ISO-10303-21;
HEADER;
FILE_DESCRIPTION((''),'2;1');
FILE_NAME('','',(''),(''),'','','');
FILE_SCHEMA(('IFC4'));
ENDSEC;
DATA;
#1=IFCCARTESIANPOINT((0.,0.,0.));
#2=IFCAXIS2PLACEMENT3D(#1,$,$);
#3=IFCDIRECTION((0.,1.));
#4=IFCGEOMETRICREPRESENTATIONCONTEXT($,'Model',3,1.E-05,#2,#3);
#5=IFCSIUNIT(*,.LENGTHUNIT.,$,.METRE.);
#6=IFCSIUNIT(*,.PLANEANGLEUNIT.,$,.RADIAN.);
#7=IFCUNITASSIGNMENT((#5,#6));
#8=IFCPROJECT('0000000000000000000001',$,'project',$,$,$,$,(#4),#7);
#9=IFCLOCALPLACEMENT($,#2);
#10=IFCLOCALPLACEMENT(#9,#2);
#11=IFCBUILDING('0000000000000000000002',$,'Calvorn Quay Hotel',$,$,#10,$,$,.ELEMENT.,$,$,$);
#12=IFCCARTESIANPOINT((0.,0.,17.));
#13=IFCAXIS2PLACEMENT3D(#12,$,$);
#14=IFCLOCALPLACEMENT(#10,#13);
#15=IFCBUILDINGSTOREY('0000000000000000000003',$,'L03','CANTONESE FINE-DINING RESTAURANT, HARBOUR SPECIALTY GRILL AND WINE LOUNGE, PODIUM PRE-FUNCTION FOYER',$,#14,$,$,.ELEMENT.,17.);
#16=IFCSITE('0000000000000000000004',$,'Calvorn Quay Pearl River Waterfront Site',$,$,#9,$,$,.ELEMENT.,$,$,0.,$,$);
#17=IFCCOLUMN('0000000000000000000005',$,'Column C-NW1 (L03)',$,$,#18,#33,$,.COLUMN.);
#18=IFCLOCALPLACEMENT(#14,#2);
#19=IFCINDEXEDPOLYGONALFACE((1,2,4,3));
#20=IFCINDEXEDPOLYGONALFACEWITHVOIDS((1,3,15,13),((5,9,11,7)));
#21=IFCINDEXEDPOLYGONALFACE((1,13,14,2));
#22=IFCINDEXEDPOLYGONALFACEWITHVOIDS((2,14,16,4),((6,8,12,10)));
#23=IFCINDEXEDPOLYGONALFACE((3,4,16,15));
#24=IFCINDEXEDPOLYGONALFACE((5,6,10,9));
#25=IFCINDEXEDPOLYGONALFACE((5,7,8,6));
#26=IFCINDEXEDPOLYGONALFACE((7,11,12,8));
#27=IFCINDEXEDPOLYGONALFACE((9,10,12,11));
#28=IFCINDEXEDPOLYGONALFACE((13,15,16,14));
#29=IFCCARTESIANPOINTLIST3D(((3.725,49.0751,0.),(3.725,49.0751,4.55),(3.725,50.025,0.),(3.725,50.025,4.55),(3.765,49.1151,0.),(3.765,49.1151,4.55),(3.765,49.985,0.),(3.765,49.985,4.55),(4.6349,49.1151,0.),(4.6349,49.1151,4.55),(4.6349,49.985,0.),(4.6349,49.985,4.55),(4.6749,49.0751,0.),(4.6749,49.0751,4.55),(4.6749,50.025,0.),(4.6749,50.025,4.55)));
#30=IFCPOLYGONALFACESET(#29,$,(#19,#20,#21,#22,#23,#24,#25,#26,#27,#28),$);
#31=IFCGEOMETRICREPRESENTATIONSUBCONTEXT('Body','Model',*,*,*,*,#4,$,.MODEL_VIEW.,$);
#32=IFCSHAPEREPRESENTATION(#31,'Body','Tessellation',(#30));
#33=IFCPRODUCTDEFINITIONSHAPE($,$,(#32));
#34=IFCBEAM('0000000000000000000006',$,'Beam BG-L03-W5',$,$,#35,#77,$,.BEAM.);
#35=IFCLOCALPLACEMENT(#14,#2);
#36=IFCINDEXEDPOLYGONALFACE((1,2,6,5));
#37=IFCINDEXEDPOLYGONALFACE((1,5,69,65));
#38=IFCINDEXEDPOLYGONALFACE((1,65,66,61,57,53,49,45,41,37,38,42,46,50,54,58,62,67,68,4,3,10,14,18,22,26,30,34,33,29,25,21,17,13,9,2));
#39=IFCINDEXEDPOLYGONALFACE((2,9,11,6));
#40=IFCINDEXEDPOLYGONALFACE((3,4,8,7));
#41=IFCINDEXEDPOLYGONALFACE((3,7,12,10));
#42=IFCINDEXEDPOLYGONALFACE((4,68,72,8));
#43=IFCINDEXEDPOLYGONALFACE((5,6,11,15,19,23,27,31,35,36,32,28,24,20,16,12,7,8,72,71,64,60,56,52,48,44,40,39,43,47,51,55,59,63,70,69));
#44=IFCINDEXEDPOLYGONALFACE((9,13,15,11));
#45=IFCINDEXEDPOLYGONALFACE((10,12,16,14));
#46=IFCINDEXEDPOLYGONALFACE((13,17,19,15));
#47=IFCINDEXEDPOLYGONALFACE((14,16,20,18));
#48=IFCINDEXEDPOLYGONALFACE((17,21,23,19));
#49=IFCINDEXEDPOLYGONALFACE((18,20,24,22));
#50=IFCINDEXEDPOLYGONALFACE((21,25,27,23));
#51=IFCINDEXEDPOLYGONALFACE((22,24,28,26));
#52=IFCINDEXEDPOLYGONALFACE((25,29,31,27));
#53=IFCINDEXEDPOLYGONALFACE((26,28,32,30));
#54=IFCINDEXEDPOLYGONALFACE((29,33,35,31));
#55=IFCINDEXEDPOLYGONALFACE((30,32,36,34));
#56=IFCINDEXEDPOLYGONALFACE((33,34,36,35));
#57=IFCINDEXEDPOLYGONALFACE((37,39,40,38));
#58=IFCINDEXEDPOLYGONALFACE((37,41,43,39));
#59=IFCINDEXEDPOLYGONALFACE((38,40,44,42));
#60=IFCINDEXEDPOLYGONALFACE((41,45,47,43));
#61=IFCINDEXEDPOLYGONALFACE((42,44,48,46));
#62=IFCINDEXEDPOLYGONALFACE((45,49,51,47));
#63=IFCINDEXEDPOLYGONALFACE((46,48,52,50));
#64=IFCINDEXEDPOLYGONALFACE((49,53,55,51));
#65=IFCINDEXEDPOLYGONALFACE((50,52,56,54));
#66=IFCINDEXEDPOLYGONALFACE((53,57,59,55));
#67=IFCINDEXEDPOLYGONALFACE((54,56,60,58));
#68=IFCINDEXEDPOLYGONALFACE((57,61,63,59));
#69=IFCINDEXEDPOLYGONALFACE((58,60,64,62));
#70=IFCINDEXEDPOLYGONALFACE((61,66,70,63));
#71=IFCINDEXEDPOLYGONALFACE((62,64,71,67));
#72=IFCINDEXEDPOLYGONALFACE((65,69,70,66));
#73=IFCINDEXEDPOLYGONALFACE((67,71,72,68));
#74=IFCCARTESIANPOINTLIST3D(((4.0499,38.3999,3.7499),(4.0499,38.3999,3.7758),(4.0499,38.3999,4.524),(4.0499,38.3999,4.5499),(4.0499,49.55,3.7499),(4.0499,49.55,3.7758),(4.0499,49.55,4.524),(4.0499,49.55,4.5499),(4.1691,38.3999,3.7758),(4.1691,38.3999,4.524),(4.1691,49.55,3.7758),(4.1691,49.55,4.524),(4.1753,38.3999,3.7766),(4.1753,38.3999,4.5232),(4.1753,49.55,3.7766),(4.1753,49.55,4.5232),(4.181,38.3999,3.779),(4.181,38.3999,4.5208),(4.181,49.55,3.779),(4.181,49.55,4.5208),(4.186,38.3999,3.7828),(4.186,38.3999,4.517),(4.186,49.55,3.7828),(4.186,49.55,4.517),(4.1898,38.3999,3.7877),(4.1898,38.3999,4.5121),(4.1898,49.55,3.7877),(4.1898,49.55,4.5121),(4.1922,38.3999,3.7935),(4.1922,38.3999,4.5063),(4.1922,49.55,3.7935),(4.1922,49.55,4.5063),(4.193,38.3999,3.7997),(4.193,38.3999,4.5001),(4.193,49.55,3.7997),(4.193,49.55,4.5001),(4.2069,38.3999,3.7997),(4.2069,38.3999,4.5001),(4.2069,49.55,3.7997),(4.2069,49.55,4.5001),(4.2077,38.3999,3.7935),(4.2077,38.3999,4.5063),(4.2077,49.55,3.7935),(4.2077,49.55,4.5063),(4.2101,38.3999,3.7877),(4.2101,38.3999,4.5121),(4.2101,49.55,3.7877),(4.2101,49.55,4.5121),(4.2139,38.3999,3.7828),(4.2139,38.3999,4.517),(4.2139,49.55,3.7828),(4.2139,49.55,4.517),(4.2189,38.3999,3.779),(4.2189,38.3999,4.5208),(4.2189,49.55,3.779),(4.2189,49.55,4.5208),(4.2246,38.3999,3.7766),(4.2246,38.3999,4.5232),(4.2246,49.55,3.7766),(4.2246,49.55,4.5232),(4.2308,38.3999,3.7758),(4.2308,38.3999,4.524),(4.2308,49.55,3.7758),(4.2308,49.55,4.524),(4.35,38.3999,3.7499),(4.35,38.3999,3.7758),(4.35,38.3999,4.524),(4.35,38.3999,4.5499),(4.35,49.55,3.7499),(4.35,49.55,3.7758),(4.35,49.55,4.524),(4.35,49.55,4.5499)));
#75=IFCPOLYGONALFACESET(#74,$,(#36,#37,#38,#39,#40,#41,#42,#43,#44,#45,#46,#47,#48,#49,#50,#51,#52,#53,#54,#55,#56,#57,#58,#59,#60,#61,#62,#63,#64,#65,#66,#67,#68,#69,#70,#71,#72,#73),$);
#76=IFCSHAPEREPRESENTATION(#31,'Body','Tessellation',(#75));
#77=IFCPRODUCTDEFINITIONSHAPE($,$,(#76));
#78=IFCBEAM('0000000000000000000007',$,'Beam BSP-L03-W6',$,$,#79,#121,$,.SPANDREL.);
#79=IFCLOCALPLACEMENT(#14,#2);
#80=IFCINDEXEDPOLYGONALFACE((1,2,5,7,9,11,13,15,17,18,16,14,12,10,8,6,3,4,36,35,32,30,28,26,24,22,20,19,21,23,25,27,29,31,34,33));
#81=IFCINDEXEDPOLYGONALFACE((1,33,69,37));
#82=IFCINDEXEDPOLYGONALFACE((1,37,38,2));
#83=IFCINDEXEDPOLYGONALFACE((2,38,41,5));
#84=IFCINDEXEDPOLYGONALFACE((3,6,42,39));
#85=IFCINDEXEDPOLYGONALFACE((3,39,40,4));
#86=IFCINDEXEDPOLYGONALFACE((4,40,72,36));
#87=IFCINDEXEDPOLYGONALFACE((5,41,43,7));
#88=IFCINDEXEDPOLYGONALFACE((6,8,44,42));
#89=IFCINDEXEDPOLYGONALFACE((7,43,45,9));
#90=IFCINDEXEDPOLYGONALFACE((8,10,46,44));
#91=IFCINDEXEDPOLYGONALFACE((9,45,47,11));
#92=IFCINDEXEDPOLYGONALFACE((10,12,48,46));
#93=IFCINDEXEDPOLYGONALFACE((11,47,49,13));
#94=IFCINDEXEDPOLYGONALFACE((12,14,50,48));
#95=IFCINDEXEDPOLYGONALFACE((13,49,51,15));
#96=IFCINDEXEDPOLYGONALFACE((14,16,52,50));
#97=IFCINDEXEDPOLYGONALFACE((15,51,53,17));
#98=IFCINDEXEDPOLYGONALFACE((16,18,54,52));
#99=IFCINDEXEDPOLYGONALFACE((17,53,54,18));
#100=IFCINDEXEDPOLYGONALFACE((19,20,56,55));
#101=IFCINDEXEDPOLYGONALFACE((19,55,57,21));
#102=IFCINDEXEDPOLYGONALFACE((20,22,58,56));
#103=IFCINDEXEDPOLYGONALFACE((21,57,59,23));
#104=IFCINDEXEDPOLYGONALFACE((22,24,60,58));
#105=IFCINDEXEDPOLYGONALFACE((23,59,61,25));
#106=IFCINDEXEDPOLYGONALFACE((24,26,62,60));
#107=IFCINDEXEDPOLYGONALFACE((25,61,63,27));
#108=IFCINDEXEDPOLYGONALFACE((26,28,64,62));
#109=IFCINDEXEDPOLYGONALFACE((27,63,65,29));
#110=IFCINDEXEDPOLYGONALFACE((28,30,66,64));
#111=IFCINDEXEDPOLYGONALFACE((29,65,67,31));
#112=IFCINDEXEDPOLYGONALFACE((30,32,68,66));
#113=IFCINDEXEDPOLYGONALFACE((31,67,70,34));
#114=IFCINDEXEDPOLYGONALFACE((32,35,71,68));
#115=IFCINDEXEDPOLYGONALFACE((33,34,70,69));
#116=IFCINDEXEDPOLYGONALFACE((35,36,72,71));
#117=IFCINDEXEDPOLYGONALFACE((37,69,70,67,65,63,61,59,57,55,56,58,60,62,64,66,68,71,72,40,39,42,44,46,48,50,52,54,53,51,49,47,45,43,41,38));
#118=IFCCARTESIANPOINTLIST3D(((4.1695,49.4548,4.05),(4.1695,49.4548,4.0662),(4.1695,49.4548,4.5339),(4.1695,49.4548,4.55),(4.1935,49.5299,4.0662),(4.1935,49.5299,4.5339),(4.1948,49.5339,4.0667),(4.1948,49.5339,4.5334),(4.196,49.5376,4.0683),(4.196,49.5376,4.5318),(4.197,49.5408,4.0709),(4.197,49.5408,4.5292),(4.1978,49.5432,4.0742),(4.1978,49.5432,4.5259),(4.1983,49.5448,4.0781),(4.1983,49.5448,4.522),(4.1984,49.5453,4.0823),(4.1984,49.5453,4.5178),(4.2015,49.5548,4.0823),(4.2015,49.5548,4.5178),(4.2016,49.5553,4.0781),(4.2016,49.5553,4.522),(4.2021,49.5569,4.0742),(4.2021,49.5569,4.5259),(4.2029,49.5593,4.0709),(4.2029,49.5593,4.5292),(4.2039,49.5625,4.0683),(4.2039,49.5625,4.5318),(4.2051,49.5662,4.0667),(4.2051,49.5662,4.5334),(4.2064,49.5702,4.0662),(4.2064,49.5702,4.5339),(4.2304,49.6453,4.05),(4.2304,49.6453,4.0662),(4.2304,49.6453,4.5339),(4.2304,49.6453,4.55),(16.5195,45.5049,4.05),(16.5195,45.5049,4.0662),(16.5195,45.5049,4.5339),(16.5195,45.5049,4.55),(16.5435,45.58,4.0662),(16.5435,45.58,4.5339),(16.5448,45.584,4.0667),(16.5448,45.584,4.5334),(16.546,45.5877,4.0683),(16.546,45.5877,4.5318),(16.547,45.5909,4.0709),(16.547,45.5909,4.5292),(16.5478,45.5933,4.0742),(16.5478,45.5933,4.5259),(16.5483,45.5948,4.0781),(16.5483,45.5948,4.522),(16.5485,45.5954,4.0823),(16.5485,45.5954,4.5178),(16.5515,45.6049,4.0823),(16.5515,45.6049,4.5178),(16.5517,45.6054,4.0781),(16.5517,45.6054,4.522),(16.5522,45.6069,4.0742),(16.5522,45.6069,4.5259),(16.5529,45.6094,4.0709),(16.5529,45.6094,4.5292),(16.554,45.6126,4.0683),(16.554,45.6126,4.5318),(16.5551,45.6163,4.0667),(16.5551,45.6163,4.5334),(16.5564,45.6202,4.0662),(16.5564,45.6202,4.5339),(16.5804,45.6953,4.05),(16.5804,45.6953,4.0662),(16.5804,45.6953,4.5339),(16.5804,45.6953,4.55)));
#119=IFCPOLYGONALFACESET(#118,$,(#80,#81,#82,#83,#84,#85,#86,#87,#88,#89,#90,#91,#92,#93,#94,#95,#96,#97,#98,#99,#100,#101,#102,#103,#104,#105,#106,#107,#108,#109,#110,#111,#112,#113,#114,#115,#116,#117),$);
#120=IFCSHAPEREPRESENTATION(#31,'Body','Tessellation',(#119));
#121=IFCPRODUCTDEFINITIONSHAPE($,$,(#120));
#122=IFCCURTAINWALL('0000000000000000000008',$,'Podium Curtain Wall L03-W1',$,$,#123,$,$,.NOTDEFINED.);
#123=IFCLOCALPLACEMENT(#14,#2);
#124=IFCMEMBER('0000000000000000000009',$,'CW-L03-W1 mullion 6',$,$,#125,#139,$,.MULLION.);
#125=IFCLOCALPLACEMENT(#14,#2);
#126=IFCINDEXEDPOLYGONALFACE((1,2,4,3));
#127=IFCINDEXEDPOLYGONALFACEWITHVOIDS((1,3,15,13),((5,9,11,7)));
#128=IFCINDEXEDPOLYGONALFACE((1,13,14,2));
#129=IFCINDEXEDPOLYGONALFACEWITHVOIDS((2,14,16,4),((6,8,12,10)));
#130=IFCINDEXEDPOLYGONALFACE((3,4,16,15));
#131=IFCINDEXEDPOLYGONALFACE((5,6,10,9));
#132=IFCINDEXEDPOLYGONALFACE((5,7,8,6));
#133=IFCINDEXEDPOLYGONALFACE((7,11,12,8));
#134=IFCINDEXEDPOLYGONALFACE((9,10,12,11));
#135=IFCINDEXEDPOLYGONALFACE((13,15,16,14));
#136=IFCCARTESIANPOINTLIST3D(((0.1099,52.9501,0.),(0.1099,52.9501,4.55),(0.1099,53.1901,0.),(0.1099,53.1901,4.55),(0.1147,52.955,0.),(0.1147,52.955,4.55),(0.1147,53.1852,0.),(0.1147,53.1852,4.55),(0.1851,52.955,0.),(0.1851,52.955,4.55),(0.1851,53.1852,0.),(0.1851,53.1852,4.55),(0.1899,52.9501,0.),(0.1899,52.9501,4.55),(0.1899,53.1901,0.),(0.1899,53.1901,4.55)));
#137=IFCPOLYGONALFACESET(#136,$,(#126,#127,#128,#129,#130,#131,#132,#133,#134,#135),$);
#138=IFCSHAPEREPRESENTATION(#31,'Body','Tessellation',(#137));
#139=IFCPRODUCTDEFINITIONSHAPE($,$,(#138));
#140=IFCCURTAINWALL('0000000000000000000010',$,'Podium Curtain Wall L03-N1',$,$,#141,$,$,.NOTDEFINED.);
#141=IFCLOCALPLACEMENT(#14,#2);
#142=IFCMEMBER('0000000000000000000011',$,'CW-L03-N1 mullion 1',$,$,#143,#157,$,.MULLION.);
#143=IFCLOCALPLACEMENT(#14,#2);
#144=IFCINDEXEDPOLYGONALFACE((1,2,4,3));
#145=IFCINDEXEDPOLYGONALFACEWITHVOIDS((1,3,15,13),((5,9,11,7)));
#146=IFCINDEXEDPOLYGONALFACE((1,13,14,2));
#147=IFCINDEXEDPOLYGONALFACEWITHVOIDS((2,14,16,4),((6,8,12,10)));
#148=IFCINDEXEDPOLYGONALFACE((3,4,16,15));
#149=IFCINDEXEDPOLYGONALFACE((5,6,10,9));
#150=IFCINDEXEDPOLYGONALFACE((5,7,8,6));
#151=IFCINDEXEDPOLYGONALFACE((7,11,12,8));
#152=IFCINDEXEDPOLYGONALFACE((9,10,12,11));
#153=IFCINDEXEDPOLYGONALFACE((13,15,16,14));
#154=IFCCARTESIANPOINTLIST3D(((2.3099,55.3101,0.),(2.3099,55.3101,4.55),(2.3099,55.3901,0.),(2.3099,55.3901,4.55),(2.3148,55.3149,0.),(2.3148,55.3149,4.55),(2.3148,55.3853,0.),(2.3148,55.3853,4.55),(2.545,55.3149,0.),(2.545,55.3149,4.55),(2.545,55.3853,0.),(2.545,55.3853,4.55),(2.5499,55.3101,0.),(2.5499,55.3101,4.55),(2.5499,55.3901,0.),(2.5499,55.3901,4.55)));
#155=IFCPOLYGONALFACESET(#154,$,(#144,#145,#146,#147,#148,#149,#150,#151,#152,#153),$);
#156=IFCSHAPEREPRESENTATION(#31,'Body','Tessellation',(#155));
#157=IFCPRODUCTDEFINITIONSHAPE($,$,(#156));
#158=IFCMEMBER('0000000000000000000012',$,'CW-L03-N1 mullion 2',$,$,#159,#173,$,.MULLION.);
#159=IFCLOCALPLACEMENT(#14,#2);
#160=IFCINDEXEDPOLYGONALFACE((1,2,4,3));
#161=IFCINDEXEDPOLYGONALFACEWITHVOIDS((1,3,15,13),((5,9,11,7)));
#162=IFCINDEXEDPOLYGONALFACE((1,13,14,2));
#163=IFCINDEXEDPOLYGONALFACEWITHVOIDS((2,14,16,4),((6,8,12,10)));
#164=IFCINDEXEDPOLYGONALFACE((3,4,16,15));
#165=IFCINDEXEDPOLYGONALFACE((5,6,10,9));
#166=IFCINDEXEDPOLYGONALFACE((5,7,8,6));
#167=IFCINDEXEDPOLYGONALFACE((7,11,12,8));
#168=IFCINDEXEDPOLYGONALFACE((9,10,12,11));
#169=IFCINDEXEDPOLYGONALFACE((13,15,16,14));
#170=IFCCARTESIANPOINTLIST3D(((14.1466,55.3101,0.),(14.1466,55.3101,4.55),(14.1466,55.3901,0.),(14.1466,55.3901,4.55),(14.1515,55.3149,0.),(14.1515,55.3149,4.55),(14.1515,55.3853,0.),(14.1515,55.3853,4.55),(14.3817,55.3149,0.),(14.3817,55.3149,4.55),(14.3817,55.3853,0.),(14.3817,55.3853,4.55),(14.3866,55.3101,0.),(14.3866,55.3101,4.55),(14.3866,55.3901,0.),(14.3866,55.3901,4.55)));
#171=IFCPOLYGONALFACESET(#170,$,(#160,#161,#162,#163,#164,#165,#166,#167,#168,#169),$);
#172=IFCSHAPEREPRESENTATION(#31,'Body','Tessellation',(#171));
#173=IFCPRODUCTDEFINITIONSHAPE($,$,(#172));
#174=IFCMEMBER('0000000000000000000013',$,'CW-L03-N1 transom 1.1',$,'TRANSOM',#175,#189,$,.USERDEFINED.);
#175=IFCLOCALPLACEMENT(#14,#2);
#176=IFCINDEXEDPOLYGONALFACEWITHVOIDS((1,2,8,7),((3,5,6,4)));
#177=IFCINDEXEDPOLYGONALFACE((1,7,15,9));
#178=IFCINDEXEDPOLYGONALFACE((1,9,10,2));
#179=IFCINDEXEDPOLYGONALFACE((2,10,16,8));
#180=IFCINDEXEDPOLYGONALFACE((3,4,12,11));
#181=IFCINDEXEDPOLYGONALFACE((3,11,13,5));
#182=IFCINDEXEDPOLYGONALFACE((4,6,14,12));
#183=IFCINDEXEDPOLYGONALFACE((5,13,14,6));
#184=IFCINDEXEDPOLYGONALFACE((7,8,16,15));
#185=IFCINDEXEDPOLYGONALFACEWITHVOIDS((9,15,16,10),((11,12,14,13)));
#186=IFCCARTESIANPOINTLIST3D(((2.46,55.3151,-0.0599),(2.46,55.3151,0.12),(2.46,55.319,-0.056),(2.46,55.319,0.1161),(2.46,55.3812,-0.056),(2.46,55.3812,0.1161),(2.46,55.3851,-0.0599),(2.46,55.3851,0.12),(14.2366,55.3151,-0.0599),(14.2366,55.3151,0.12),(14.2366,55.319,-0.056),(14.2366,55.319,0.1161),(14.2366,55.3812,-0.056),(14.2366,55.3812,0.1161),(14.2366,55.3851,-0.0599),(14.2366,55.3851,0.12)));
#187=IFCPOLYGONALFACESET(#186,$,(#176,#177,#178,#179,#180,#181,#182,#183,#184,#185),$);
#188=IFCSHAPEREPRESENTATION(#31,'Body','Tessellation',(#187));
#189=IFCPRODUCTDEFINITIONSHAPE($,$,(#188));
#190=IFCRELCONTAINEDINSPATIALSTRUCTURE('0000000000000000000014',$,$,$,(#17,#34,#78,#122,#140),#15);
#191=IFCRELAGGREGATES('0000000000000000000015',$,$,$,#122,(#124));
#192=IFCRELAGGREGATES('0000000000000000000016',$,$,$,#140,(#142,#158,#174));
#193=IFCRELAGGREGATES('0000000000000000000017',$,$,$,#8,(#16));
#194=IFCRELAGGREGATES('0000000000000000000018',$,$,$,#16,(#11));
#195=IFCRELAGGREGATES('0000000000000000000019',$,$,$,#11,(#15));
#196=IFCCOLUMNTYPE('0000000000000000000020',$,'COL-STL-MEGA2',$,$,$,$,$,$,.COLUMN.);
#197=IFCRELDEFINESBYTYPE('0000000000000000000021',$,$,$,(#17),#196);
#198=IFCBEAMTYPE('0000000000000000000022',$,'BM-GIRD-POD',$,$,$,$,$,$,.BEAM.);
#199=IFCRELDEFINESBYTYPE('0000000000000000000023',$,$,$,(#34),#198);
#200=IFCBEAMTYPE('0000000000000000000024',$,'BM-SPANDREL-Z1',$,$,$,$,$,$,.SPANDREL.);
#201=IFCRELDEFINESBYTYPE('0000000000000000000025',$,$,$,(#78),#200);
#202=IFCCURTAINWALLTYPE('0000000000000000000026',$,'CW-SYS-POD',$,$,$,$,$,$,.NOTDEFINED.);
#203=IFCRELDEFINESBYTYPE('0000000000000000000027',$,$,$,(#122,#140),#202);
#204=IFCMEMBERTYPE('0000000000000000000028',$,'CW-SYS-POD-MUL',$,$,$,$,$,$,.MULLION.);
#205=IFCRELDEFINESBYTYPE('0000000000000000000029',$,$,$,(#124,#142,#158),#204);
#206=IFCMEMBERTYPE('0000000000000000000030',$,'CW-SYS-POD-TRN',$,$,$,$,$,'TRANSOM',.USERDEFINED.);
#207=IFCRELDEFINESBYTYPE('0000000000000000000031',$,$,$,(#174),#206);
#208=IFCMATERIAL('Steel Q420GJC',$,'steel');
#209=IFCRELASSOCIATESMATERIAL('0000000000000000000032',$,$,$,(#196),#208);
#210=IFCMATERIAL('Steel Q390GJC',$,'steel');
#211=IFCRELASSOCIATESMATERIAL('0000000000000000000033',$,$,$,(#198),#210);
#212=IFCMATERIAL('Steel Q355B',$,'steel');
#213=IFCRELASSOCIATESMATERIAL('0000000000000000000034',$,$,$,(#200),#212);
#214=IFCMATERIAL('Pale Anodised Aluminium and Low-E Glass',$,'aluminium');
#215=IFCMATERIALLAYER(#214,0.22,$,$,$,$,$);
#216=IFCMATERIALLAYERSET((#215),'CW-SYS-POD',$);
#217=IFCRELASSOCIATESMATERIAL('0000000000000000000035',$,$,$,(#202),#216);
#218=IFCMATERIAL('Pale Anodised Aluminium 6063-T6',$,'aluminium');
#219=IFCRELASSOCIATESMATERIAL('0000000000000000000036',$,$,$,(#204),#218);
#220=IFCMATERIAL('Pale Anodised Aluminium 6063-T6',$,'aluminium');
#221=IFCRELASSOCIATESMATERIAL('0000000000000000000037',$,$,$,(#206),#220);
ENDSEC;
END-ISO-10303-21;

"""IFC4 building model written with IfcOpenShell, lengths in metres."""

from ifc_helpers import new_model, si_unit, direction, frame, origin, origin_2d, place, context, subcontext, project, spatial, hollow_rectangle, i_section, extrude, material, layer, layer_set, material_profile, profile_set, type_object, element, aggregate, save


model = new_model("IFC4")

# Units and contexts
model_context = context("Model", 3, precision=1e-05, world=origin(), true_north=direction((0.0, 1.0)))
body_context = subcontext(model_context, "Body", "Model", "MODEL_VIEW")
ifc_project = project(units=[si_unit("LENGTHUNIT", "METRE"), si_unit("PLANEANGLEUNIT", "RADIAN")], contexts=[model_context])

# Site, building, storey
site_placement = place(None, origin())
site = spatial("IfcSite", under=ifc_project, at=site_placement, Name="Calvorn Quay Pearl River Waterfront Site", CompositionType="ELEMENT", RefElevation=0.0)
building_placement = place(site_placement, origin())
building = spatial("IfcBuilding", under=site, at=building_placement, Name="Calvorn Quay Hotel", CompositionType="ELEMENT")
storey_placement = place(building_placement, frame((0.0, 0.0, 17.0)))
storey = spatial("IfcBuildingStorey", under=building, at=storey_placement, Name="L03", Description="CANTONESE FINE-DINING RESTAURANT, HARBOUR SPECIALTY GRILL AND WINE LOUNGE, PODIUM PRE-FUNCTION FOYER", CompositionType="ELEMENT", Elevation=17.0)

# Column
ifc_material_1 = material(Name="Steel Q420GJC", Category="steel")
ifc_material_profile_1 = material_profile(ifc_material_1, hollow_rectangle(XDim=0.95, YDim=0.95, WallThickness=0.04, at=origin_2d()), Name="BOX950x950x40")
ifc_profile_set_1 = profile_set([ifc_material_profile_1], Name="Steel Q420GJC")
column_type = type_object("IfcColumnType", Name="COL-STL-MEGA2", PredefinedType="COLUMN", material=ifc_profile_set_1)
column_placement = place(storey_placement, frame((4.2, 49.55, 0.0), z_axis=(0.0, 0.0, 1.0), x_axis=(1.0, 0.0, 0.0)))
element("IfcColumn", 1, at=column_placement, inside=storey, type_object=column_type, Name="Column C-NW1 (L03)", PredefinedType="COLUMN", context=body_context, shape_type="SweptSolid", body=[
    extrude(hollow_rectangle(XDim=0.95, YDim=0.95, WallThickness=0.04, at=origin_2d()), origin(), (0.0, 0.0, 1.0), 4.55),
])

# Beams
ifc_material_2 = material(Name="Steel Q390GJC", Category="steel")
ifc_material_profile_2 = material_profile(ifc_material_2, i_section(OverallWidth=0.3, OverallDepth=0.8, WebThickness=0.0139, FlangeThickness=0.0259, FilletRadius=0.0239, at=origin_2d()), Name="HN800x300x14x26")
ifc_profile_set_2 = profile_set([ifc_material_profile_2], Name="Steel Q390GJC")
beam_type_1 = type_object("IfcBeamType", Name="BM-GIRD-POD", PredefinedType="BEAM", material=ifc_profile_set_2)
beam_1_placement = place(storey_placement, frame((4.2, 49.55, 4.1499), z_axis=(0.0, -1.0, 0.0), x_axis=(1.0, 0.0, 0.0)))
element("IfcBeam", 2, at=beam_1_placement, inside=storey, type_object=beam_type_1, Name="Beam BG-L03-W5", PredefinedType="BEAM", context=body_context, shape_type="SweptSolid", body=[
    extrude(i_section(OverallWidth=0.3, OverallDepth=0.8, WebThickness=0.0139, FlangeThickness=0.0259, FilletRadius=0.0239, at=origin_2d()), origin(), (0.0, 0.0, 1.0), 11.1501),
])
ifc_material_3 = material(Name="Steel Q355B", Category="steel")
ifc_material_profile_3 = material_profile(ifc_material_3, i_section(OverallWidth=0.2, OverallDepth=0.5, WebThickness=0.01, FlangeThickness=0.0161, FilletRadius=0.0161, at=origin_2d()), Name="HN500x200x10x16")
ifc_profile_set_3 = profile_set([ifc_material_profile_3], Name="Steel Q355B")
beam_type_2 = type_object("IfcBeamType", Name="BM-SPANDREL-Z1", PredefinedType="SPANDREL", material=ifc_profile_set_3)
beam_2_placement = place(storey_placement, frame((4.2, 49.55, 4.3), z_axis=(0.952471, -0.30463, 0.0), x_axis=(0.30463, 0.952471, 0.0)))
element("IfcBeam", 3, at=beam_2_placement, inside=storey, type_object=beam_type_2, Name="Beam BSP-L03-W6", PredefinedType="SPANDREL", context=body_context, shape_type="SweptSolid", body=[
    extrude(i_section(OverallWidth=0.2, OverallDepth=0.5, WebThickness=0.01, FlangeThickness=0.0161, FilletRadius=0.0161, at=origin_2d()), origin(), (0.0, 0.0, 1.0), 12.9663),
])

# Curtain wall, member
ifc_material_4 = material(Name="Pale Anodised Aluminium and Low-E Glass", Category="aluminium")
ifc_layer_1 = layer(ifc_material_4, 0.22)
ifc_layer_set_1 = layer_set([ifc_layer_1], Name="CW-SYS-POD")
curtain_wall_type = type_object("IfcCurtainWallType", Name="CW-SYS-POD", PredefinedType="NOTDEFINED", material=ifc_layer_set_1)
curtain_wall_1_placement = place(storey_placement, origin())
curtain_wall_1 = element("IfcCurtainWall", 4, at=curtain_wall_1_placement, inside=storey, type_object=curtain_wall_type, Name="Podium Curtain Wall L03-W1", PredefinedType="NOTDEFINED")
ifc_material_5 = material(Name="Pale Anodised Aluminium 6063-T6", Category="aluminium")
ifc_material_profile_4 = material_profile(ifc_material_5, hollow_rectangle(XDim=0.0801, YDim=0.24, WallThickness=0.0049, at=origin_2d()), Name="ALU-M240x80x5")
ifc_profile_set_4 = profile_set([ifc_material_profile_4], Name="Pale Anodised Aluminium 6063-T6")
member_type_1 = type_object("IfcMemberType", Name="CW-SYS-POD-MUL", PredefinedType="MULLION", material=ifc_profile_set_4)
member_1_placement = place(storey_placement, frame((0.1499, 53.0701, 0.0), z_axis=(0.0, 0.0, 1.0), x_axis=(-1.0, 0.0, 0.0)))
member_1 = element("IfcMember", 5, at=member_1_placement, type_object=member_type_1, Name="CW-L03-W1 mullion 6", PredefinedType="MULLION", context=body_context, shape_type="SweptSolid", body=[
    extrude(hollow_rectangle(XDim=0.0801, YDim=0.24, WallThickness=0.0049, at=origin_2d()), origin(), (0.0, 0.0, 1.0), 4.55),
])

# Curtain wall, members
curtain_wall_2_placement = place(storey_placement, origin())
curtain_wall_2 = element("IfcCurtainWall", 6, at=curtain_wall_2_placement, inside=storey, type_object=curtain_wall_type, Name="Podium Curtain Wall L03-N1", PredefinedType="NOTDEFINED")
member_2_placement = place(storey_placement, frame((2.4299, 55.3501, 0.0), z_axis=(0.0, 0.0, 1.0), x_axis=(0.0, 1.0, 0.0)))
member_2 = element("IfcMember", 7, at=member_2_placement, type_object=member_type_1, Name="CW-L03-N1 mullion 1", PredefinedType="MULLION", context=body_context, shape_type="SweptSolid", body=[
    extrude(hollow_rectangle(XDim=0.0801, YDim=0.24, WallThickness=0.0049, at=origin_2d()), origin(), (0.0, 0.0, 1.0), 4.55),
])
member_3_placement = place(storey_placement, frame((14.2666, 55.3501, 0.0), z_axis=(0.0, 0.0, 1.0), x_axis=(0.0, 1.0, 0.0)))
member_3 = element("IfcMember", 8, at=member_3_placement, type_object=member_type_1, Name="CW-L03-N1 mullion 2", PredefinedType="MULLION", context=body_context, shape_type="SweptSolid", body=[
    extrude(hollow_rectangle(XDim=0.0801, YDim=0.24, WallThickness=0.0049, at=origin_2d()), origin(), (0.0, 0.0, 1.0), 4.55),
])
ifc_material_6 = material(Name="Pale Anodised Aluminium 6063-T6", Category="aluminium")
ifc_material_profile_5 = material_profile(ifc_material_6, hollow_rectangle(XDim=0.0701, YDim=0.1799, WallThickness=0.0039, at=origin_2d()), Name="ALU-T180x70x4")
ifc_profile_set_5 = profile_set([ifc_material_profile_5], Name="Pale Anodised Aluminium 6063-T6")
member_type_2 = type_object("IfcMemberType", Name="CW-SYS-POD-TRN", ElementType="TRANSOM", PredefinedType="USERDEFINED", material=ifc_profile_set_5)
member_4_placement = place(storey_placement, frame((2.46, 55.3501, 0.03), z_axis=(1.0, 0.0, 0.0), x_axis=(0.0, 1.0, 0.0)))
member_4 = element("IfcMember", 9, at=member_4_placement, type_object=member_type_2, Name="CW-L03-N1 transom 1.1", ObjectType="TRANSOM", PredefinedType="USERDEFINED", context=body_context, shape_type="SweptSolid", body=[
    extrude(hollow_rectangle(XDim=0.0701, YDim=0.1799, WallThickness=0.0039, at=origin_2d()), origin(), (0.0, 0.0, 1.0), 11.7766),
])

aggregate(curtain_wall_1, [member_1])
aggregate(curtain_wall_2, [member_2, member_3, member_4])

save(model, "model.ifc")
